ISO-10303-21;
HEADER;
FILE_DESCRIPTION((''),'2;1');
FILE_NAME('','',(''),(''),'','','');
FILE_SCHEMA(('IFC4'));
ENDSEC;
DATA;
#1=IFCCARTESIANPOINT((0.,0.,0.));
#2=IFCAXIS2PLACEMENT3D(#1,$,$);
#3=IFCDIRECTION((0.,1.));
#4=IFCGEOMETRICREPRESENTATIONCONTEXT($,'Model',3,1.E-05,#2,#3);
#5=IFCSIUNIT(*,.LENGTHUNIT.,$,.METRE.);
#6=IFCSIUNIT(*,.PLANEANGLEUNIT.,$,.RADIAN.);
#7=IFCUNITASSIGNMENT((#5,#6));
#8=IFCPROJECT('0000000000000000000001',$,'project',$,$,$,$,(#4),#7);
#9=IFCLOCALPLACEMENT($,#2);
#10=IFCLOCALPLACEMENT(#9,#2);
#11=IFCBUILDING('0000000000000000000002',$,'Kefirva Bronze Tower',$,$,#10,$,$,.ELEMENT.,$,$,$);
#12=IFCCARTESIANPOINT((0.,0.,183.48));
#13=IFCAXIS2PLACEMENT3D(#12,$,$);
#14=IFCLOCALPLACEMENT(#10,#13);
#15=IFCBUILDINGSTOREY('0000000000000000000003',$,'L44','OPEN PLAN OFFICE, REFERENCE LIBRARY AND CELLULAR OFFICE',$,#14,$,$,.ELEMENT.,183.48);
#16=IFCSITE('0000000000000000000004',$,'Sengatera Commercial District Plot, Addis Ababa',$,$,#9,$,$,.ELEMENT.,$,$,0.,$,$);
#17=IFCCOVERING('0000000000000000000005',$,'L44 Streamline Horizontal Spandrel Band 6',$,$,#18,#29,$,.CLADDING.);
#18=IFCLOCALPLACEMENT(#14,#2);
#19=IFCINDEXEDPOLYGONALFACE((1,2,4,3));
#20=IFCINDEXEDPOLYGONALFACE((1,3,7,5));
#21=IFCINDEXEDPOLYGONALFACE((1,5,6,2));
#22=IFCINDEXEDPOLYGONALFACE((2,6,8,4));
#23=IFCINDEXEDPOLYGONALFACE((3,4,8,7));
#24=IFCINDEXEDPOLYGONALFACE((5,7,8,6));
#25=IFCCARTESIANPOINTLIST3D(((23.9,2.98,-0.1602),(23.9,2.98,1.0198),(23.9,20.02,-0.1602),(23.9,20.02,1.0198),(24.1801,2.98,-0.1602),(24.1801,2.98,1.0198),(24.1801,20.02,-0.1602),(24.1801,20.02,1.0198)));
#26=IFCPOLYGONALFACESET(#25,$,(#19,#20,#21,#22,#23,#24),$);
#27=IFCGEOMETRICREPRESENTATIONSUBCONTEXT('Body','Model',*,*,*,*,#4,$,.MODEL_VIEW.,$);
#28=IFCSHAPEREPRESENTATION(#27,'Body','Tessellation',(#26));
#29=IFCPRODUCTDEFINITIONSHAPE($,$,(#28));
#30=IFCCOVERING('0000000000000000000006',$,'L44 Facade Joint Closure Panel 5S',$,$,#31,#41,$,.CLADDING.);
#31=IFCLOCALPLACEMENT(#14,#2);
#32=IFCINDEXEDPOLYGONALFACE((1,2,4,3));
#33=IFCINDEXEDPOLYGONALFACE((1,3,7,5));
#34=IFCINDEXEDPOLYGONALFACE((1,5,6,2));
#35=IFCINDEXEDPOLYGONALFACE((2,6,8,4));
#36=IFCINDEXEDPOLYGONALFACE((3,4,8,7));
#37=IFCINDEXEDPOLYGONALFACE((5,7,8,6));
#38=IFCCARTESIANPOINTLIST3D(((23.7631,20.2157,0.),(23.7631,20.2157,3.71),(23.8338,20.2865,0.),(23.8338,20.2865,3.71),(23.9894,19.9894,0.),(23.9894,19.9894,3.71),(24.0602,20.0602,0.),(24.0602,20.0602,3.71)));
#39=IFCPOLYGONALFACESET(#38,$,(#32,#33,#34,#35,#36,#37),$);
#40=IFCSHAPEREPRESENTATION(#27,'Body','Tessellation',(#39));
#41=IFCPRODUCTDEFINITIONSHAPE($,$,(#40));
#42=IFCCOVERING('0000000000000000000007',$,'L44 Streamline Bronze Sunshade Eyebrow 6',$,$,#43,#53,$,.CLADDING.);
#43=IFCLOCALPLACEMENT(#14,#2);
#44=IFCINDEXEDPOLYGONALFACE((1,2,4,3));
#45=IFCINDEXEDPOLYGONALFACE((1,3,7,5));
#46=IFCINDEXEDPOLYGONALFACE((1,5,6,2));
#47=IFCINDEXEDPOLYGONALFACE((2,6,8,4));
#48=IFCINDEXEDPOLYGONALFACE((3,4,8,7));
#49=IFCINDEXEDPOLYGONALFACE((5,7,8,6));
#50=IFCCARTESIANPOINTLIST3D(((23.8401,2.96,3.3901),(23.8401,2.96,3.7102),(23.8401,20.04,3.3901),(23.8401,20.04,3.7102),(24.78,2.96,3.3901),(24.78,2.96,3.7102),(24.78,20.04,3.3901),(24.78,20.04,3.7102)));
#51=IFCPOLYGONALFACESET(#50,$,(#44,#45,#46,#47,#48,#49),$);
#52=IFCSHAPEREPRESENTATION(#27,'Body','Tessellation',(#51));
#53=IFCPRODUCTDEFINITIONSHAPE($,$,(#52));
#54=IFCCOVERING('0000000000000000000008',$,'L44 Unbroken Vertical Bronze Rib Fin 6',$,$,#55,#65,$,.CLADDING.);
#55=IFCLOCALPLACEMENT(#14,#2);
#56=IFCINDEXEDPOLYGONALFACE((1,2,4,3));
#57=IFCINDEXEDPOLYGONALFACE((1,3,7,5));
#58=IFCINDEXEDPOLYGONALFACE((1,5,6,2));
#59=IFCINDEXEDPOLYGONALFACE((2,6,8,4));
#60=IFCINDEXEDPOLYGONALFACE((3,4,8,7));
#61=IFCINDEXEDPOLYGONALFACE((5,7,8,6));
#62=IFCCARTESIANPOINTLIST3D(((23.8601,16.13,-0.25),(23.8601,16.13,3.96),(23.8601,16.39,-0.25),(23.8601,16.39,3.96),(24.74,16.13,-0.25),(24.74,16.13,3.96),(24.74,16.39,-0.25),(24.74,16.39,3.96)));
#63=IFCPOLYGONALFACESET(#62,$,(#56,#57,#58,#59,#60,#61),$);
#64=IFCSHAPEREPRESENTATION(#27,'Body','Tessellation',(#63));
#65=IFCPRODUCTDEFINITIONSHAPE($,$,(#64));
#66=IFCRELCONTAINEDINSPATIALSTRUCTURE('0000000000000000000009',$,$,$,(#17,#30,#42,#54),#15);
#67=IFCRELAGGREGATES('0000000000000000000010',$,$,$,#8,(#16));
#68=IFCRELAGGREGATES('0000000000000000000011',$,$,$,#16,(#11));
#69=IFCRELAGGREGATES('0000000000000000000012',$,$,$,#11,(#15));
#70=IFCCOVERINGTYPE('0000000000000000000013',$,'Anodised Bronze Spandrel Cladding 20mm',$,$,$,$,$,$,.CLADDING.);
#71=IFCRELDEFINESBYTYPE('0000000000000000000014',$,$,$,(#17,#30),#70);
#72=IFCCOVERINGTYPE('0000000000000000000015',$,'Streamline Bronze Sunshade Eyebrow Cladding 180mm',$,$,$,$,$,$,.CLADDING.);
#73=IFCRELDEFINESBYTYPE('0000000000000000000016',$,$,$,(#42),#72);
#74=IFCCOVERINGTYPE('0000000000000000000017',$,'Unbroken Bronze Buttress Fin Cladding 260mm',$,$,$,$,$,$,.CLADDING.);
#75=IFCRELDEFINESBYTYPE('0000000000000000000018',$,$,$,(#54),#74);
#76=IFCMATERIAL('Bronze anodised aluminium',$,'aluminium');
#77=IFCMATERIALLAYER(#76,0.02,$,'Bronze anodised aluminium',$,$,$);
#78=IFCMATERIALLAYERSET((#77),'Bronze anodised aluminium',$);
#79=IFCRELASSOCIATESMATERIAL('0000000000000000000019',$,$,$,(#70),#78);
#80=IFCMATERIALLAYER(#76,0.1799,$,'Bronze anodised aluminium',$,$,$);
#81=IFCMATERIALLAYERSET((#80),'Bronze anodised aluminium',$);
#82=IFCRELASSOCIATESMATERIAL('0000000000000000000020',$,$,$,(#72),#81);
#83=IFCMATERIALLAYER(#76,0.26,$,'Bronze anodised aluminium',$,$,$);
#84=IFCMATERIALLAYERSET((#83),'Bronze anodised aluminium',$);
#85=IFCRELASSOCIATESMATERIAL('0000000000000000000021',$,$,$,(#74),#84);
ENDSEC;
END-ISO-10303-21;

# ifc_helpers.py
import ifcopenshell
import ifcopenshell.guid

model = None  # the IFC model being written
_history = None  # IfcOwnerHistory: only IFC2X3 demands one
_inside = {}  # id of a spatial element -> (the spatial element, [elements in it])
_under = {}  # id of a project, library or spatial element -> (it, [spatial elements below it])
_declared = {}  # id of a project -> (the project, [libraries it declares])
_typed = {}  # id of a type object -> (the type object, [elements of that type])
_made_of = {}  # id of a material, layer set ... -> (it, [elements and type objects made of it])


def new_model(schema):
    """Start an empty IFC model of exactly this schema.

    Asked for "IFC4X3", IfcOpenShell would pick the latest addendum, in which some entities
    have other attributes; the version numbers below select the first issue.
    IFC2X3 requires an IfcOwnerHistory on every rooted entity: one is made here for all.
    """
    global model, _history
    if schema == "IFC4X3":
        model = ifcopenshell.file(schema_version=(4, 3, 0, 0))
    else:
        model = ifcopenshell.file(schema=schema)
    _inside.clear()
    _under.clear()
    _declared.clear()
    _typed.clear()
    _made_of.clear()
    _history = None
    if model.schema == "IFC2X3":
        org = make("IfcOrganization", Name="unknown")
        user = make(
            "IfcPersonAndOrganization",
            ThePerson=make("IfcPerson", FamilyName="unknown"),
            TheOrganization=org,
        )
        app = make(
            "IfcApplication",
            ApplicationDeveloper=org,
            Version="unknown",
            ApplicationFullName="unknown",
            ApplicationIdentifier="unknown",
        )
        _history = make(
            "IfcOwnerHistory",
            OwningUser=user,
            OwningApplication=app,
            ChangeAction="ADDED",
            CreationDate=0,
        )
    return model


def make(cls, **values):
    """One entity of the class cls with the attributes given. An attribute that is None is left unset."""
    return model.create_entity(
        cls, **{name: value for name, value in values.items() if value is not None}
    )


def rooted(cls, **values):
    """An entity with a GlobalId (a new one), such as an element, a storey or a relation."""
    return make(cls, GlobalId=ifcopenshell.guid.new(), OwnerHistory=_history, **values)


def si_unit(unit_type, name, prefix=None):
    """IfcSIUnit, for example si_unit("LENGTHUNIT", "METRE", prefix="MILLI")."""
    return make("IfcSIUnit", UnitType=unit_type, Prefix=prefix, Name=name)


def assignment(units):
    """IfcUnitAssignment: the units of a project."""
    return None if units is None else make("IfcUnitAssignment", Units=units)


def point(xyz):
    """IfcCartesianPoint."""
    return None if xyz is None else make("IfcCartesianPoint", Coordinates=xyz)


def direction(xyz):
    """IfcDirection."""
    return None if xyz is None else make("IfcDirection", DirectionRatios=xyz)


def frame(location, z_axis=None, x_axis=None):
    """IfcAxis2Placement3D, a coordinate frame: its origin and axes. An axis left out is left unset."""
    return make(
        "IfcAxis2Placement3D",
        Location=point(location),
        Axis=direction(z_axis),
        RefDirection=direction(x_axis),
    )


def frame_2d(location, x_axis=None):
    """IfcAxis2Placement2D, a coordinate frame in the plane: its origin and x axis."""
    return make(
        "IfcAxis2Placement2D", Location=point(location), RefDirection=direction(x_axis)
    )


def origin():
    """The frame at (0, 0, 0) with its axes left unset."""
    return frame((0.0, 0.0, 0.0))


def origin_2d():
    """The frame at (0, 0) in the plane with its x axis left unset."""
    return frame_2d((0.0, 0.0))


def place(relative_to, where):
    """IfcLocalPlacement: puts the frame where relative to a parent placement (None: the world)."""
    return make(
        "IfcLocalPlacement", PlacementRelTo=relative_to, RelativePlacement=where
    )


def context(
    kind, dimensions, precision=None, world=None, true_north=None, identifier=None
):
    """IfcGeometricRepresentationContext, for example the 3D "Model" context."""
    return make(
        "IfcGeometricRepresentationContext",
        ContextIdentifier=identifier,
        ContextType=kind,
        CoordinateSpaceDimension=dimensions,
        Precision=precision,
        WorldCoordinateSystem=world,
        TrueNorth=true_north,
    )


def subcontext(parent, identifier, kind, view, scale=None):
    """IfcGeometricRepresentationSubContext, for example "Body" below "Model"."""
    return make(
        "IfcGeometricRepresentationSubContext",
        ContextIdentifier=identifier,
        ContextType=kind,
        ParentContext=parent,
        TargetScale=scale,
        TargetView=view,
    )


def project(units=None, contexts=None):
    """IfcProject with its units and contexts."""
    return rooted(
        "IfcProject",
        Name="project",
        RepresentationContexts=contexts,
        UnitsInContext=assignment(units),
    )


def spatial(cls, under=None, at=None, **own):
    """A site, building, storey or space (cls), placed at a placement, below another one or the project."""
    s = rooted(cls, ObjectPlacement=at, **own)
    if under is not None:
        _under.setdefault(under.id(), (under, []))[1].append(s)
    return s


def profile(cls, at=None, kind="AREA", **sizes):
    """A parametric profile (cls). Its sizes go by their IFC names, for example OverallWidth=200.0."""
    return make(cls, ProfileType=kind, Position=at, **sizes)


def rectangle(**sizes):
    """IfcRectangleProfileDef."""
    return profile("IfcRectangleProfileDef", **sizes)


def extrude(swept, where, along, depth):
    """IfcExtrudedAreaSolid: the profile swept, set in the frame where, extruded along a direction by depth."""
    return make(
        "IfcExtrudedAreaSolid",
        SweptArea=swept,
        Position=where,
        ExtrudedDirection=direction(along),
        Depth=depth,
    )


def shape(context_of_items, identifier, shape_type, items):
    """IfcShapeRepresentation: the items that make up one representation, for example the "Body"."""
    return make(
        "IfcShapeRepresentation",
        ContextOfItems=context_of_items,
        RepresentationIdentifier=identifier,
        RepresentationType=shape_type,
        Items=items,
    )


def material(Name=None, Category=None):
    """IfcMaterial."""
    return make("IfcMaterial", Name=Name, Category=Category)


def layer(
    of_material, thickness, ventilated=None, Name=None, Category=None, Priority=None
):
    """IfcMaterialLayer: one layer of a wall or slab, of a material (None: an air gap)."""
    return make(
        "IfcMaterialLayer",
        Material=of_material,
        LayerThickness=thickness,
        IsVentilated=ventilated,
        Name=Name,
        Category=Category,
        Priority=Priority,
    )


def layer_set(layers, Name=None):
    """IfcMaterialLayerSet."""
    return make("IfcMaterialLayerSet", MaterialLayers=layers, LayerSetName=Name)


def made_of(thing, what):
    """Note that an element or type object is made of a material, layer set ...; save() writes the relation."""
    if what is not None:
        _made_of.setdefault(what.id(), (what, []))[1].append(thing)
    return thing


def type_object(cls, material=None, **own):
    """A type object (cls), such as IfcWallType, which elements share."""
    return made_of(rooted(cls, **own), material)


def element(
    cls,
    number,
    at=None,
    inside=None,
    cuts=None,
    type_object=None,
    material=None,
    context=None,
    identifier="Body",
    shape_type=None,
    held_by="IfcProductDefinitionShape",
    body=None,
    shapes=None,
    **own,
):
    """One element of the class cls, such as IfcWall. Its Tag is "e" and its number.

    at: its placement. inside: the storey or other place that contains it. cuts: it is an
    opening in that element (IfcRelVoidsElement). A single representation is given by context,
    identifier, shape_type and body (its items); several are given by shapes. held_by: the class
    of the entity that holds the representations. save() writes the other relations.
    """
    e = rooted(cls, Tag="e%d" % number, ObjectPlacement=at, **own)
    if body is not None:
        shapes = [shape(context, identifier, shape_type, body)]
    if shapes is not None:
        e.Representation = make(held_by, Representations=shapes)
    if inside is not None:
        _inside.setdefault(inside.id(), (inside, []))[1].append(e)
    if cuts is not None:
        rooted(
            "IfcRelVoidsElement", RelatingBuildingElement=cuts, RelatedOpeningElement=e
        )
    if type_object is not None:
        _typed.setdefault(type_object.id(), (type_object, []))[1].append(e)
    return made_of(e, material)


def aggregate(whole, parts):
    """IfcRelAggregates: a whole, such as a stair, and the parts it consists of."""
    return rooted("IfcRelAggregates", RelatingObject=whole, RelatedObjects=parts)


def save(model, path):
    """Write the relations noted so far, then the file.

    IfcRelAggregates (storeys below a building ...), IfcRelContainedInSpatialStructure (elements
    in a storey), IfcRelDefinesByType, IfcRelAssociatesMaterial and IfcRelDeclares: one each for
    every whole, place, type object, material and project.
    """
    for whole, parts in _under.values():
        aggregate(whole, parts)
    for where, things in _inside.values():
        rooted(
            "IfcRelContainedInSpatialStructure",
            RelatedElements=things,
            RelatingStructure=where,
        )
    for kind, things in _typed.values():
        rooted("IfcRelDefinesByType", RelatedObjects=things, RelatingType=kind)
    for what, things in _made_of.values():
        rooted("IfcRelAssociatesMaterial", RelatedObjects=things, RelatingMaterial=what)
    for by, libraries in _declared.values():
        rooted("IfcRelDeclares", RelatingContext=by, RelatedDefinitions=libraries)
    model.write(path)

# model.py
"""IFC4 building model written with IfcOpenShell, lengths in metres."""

from ifc_helpers import new_model, si_unit, direction, frame, origin, origin_2d, place, context, subcontext, project, spatial, rectangle, extrude, material, layer, layer_set, type_object, element, save


model = new_model("IFC4")

# Units and contexts
model_context = context("Model", 3, precision=1e-05, world=origin(), true_north=direction((0.0, 1.0)))
body_context = subcontext(model_context, "Body", "Model", "MODEL_VIEW")
ifc_project = project(units=[si_unit("LENGTHUNIT", "METRE"), si_unit("PLANEANGLEUNIT", "RADIAN")], contexts=[model_context])

# Site, building, storey
site_placement = place(None, origin())
site = spatial("IfcSite", under=ifc_project, at=site_placement, Name="Sengatera Commercial District Plot, Addis Ababa", CompositionType="ELEMENT", RefElevation=0.0)
building_placement = place(site_placement, origin())
building = spatial("IfcBuilding", under=site, at=building_placement, Name="Kefirva Bronze Tower", CompositionType="ELEMENT")
storey_placement = place(building_placement, frame((0.0, 0.0, 183.48)))
storey = spatial("IfcBuildingStorey", under=building, at=storey_placement, Name="L44", Description="OPEN PLAN OFFICE, REFERENCE LIBRARY AND CELLULAR OFFICE", CompositionType="ELEMENT", Elevation=183.48)

# Shared definitions
ifc_material_1 = material(Name="Bronze anodised aluminium", Category="aluminium")

# Coverings
ifc_layer_1 = layer(ifc_material_1, 0.02, Name="Bronze anodised aluminium")
ifc_layer_set_1 = layer_set([ifc_layer_1], Name="Bronze anodised aluminium")
covering_type_1 = type_object("IfcCoveringType", Name="Anodised Bronze Spandrel Cladding 20mm", PredefinedType="CLADDING", material=ifc_layer_set_1)
covering_1_placement = place(storey_placement, frame((24.04, 11.5, -0.1602), z_axis=(0.0, 0.0, 1.0), x_axis=(0.0, 1.0, 0.0)))
element("IfcCovering", 1, at=covering_1_placement, inside=storey, type_object=covering_type_1, Name="L44 Streamline Horizontal Spandrel Band 6", PredefinedType="CLADDING", context=body_context, shape_type="SweptSolid", body=[
    extrude(rectangle(XDim=17.04, YDim=0.28, at=origin_2d()), origin(), (0.0, 0.0, 1.0), 1.1799),
])
covering_2_placement = place(storey_placement, frame((23.9116, 20.1379, 0.0), z_axis=(0.0, 0.0, 1.0), x_axis=(0.707107, 0.707107, 0.0)))
element("IfcCovering", 2, at=covering_2_placement, inside=storey, type_object=covering_type_1, Name="L44 Facade Joint Closure Panel 5S", PredefinedType="CLADDING", context=body_context, shape_type="SweptSolid", body=[
    extrude(rectangle(XDim=0.1001, YDim=0.3201, at=origin_2d()), origin(), (0.0, 0.0, 1.0), 3.71),
])
ifc_layer_2 = layer(ifc_material_1, 0.1799, Name="Bronze anodised aluminium")
ifc_layer_set_2 = layer_set([ifc_layer_2], Name="Bronze anodised aluminium")
covering_type_2 = type_object("IfcCoveringType", Name="Streamline Bronze Sunshade Eyebrow Cladding 180mm", PredefinedType="CLADDING", material=ifc_layer_set_2)
covering_3_placement = place(storey_placement, frame((24.3101, 11.5, 3.3901), z_axis=(0.0, 0.0, 1.0), x_axis=(0.0, 1.0, 0.0)))
element("IfcCovering", 3, at=covering_3_placement, inside=storey, type_object=covering_type_2, Name="L44 Streamline Bronze Sunshade Eyebrow 6", PredefinedType="CLADDING", context=body_context, shape_type="SweptSolid", body=[
    extrude(rectangle(XDim=17.0801, YDim=0.9399, at=origin_2d()), origin(), (0.0, 0.0, 1.0), 0.3201),
])
ifc_layer_3 = layer(ifc_material_1, 0.26, Name="Bronze anodised aluminium")
ifc_layer_set_3 = layer_set([ifc_layer_3], Name="Bronze anodised aluminium")
covering_type_3 = type_object("IfcCoveringType", Name="Unbroken Bronze Buttress Fin Cladding 260mm", PredefinedType="CLADDING", material=ifc_layer_set_3)
covering_4_placement = place(storey_placement, frame((24.3, 16.26, -0.25), z_axis=(0.0, 0.0, 1.0), x_axis=(0.0, 1.0, 0.0)))
element("IfcCovering", 4, at=covering_4_placement, inside=storey, type_object=covering_type_3, Name="L44 Unbroken Vertical Bronze Rib Fin 6", PredefinedType="CLADDING", context=body_context, shape_type="SweptSolid", body=[
    extrude(rectangle(XDim=0.26, YDim=0.8799, at=origin_2d()), origin(), (0.0, 0.0, 1.0), 4.21),
])

save(model, "model.ifc")
